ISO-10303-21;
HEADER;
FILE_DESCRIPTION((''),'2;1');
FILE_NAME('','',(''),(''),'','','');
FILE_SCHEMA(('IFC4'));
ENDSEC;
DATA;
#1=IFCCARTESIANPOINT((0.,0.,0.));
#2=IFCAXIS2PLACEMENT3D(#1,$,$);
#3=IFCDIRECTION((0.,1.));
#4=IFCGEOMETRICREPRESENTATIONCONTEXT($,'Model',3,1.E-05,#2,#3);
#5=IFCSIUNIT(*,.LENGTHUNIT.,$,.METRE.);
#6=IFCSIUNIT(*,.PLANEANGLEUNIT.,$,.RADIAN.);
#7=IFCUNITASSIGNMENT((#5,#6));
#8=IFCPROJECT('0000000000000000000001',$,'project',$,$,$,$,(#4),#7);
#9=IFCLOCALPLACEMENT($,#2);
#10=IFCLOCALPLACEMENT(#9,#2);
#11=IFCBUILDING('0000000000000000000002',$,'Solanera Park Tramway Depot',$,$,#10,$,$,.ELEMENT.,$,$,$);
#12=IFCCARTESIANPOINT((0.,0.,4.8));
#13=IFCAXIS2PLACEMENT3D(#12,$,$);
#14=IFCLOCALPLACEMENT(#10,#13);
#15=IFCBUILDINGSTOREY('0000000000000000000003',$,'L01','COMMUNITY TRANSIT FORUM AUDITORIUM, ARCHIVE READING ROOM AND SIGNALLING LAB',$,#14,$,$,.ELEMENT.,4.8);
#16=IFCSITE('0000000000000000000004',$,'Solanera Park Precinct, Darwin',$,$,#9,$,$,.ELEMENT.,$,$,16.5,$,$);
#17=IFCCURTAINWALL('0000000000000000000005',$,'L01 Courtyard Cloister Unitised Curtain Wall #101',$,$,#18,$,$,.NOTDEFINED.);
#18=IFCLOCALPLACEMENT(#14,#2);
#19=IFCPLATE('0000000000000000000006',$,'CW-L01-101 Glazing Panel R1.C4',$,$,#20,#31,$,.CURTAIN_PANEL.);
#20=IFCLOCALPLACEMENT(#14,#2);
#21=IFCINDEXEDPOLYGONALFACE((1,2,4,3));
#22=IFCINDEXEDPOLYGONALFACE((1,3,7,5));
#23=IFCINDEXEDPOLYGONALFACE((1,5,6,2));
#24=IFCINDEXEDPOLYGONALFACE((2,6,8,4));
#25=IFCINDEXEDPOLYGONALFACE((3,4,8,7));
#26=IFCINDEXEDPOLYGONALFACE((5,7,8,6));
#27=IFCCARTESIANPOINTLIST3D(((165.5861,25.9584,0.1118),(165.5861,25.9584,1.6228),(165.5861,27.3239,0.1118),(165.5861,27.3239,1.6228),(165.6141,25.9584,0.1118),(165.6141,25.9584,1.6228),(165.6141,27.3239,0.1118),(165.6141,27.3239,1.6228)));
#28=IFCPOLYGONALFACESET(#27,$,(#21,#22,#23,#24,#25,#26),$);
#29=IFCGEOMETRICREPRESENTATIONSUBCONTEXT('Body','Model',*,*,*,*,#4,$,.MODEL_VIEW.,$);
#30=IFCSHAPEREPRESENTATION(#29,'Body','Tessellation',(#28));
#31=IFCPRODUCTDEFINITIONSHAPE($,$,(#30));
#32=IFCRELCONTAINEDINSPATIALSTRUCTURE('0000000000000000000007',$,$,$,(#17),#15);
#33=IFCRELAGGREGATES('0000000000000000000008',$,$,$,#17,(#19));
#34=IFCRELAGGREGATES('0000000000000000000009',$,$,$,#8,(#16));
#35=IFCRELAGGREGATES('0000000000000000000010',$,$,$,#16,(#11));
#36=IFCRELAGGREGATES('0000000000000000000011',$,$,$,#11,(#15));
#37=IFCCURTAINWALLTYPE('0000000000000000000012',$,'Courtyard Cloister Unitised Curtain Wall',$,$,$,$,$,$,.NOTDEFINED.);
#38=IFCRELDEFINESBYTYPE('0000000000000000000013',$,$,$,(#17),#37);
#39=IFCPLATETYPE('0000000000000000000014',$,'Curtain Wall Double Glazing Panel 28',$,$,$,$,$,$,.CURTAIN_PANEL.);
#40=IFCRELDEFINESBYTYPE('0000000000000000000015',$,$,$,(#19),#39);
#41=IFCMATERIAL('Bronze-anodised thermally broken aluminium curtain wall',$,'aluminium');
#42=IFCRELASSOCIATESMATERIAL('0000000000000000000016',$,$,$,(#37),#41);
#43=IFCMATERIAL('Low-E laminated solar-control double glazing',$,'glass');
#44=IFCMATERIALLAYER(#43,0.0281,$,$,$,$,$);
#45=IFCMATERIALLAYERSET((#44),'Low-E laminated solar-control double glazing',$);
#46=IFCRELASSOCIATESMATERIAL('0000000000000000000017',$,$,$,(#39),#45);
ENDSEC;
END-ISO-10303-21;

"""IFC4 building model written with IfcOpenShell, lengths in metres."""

from ifc_helpers import new_model, si_unit, direction, frame, origin, origin_2d, place, context, subcontext, project, spatial, rectangle, extrude, material, layer, layer_set, type_object, element, aggregate, save


model = new_model("IFC4")

# Units and contexts
model_context = context("Model", 3, precision=1e-05, world=origin(), true_north=direction((0.0, 1.0)))
body_context = subcontext(model_context, "Body", "Model", "MODEL_VIEW")
ifc_project = project(units=[si_unit("LENGTHUNIT", "METRE"), si_unit("PLANEANGLEUNIT", "RADIAN")], contexts=[model_context])

# Site, building, storey
site_placement = place(None, origin())
site = spatial("IfcSite", under=ifc_project, at=site_placement, Name="Solanera Park Precinct, Darwin", CompositionType="ELEMENT", RefElevation=16.5)
building_placement = place(site_placement, origin())
building = spatial("IfcBuilding", under=site, at=building_placement, Name="Solanera Park Tramway Depot", CompositionType="ELEMENT")
storey_placement = place(building_placement, frame((0.0, 0.0, 4.8)))
storey = spatial("IfcBuildingStorey", under=building, at=storey_placement, Name="L01", Description="COMMUNITY TRANSIT FORUM AUDITORIUM, ARCHIVE READING ROOM AND SIGNALLING LAB", CompositionType="ELEMENT", Elevation=4.8)

# Shared definitions
ifc_material_1 = material(Name="Bronze-anodised thermally broken aluminium curtain wall", Category="aluminium")
curtain_wall_type = type_object("IfcCurtainWallType", Name="Courtyard Cloister Unitised Curtain Wall", PredefinedType="NOTDEFINED", material=ifc_material_1)

# Curtain wall
curtain_wall_1_placement = place(storey_placement, origin())
curtain_wall_1 = element("IfcCurtainWall", 1, at=curtain_wall_1_placement, inside=storey, type_object=curtain_wall_type, Name="L01 Courtyard Cloister Unitised Curtain Wall #101", PredefinedType="NOTDEFINED")

# Plate
ifc_material_2 = material(Name="Low-E laminated solar-control double glazing", Category="glass")
ifc_layer = layer(ifc_material_2, 0.0281)
ifc_layer_set = layer_set([ifc_layer], Name="Low-E laminated solar-control double glazing")
plate_type = type_object("IfcPlateType", Name="Curtain Wall Double Glazing Panel 28", PredefinedType="CURTAIN_PANEL", material=ifc_layer_set)
plate_1_placement = place(storey_placement, frame((165.6001, 26.6411, 0.1118), z_axis=(0.0, 0.0, 1.0), x_axis=(0.0, -1.0, 0.0)))
plate_1 = element("IfcPlate", 2, at=plate_1_placement, type_object=plate_type, Name="CW-L01-101 Glazing Panel R1.C4", PredefinedType="CURTAIN_PANEL", context=body_context, shape_type="SweptSolid", body=[
    extrude(rectangle(XDim=1.3655, YDim=0.0281, at=origin_2d()), origin(), (0.0, 0.0, 1.0), 1.511),
])
aggregate(curtain_wall_1, [plate_1])

save(model, "model.ifc")
